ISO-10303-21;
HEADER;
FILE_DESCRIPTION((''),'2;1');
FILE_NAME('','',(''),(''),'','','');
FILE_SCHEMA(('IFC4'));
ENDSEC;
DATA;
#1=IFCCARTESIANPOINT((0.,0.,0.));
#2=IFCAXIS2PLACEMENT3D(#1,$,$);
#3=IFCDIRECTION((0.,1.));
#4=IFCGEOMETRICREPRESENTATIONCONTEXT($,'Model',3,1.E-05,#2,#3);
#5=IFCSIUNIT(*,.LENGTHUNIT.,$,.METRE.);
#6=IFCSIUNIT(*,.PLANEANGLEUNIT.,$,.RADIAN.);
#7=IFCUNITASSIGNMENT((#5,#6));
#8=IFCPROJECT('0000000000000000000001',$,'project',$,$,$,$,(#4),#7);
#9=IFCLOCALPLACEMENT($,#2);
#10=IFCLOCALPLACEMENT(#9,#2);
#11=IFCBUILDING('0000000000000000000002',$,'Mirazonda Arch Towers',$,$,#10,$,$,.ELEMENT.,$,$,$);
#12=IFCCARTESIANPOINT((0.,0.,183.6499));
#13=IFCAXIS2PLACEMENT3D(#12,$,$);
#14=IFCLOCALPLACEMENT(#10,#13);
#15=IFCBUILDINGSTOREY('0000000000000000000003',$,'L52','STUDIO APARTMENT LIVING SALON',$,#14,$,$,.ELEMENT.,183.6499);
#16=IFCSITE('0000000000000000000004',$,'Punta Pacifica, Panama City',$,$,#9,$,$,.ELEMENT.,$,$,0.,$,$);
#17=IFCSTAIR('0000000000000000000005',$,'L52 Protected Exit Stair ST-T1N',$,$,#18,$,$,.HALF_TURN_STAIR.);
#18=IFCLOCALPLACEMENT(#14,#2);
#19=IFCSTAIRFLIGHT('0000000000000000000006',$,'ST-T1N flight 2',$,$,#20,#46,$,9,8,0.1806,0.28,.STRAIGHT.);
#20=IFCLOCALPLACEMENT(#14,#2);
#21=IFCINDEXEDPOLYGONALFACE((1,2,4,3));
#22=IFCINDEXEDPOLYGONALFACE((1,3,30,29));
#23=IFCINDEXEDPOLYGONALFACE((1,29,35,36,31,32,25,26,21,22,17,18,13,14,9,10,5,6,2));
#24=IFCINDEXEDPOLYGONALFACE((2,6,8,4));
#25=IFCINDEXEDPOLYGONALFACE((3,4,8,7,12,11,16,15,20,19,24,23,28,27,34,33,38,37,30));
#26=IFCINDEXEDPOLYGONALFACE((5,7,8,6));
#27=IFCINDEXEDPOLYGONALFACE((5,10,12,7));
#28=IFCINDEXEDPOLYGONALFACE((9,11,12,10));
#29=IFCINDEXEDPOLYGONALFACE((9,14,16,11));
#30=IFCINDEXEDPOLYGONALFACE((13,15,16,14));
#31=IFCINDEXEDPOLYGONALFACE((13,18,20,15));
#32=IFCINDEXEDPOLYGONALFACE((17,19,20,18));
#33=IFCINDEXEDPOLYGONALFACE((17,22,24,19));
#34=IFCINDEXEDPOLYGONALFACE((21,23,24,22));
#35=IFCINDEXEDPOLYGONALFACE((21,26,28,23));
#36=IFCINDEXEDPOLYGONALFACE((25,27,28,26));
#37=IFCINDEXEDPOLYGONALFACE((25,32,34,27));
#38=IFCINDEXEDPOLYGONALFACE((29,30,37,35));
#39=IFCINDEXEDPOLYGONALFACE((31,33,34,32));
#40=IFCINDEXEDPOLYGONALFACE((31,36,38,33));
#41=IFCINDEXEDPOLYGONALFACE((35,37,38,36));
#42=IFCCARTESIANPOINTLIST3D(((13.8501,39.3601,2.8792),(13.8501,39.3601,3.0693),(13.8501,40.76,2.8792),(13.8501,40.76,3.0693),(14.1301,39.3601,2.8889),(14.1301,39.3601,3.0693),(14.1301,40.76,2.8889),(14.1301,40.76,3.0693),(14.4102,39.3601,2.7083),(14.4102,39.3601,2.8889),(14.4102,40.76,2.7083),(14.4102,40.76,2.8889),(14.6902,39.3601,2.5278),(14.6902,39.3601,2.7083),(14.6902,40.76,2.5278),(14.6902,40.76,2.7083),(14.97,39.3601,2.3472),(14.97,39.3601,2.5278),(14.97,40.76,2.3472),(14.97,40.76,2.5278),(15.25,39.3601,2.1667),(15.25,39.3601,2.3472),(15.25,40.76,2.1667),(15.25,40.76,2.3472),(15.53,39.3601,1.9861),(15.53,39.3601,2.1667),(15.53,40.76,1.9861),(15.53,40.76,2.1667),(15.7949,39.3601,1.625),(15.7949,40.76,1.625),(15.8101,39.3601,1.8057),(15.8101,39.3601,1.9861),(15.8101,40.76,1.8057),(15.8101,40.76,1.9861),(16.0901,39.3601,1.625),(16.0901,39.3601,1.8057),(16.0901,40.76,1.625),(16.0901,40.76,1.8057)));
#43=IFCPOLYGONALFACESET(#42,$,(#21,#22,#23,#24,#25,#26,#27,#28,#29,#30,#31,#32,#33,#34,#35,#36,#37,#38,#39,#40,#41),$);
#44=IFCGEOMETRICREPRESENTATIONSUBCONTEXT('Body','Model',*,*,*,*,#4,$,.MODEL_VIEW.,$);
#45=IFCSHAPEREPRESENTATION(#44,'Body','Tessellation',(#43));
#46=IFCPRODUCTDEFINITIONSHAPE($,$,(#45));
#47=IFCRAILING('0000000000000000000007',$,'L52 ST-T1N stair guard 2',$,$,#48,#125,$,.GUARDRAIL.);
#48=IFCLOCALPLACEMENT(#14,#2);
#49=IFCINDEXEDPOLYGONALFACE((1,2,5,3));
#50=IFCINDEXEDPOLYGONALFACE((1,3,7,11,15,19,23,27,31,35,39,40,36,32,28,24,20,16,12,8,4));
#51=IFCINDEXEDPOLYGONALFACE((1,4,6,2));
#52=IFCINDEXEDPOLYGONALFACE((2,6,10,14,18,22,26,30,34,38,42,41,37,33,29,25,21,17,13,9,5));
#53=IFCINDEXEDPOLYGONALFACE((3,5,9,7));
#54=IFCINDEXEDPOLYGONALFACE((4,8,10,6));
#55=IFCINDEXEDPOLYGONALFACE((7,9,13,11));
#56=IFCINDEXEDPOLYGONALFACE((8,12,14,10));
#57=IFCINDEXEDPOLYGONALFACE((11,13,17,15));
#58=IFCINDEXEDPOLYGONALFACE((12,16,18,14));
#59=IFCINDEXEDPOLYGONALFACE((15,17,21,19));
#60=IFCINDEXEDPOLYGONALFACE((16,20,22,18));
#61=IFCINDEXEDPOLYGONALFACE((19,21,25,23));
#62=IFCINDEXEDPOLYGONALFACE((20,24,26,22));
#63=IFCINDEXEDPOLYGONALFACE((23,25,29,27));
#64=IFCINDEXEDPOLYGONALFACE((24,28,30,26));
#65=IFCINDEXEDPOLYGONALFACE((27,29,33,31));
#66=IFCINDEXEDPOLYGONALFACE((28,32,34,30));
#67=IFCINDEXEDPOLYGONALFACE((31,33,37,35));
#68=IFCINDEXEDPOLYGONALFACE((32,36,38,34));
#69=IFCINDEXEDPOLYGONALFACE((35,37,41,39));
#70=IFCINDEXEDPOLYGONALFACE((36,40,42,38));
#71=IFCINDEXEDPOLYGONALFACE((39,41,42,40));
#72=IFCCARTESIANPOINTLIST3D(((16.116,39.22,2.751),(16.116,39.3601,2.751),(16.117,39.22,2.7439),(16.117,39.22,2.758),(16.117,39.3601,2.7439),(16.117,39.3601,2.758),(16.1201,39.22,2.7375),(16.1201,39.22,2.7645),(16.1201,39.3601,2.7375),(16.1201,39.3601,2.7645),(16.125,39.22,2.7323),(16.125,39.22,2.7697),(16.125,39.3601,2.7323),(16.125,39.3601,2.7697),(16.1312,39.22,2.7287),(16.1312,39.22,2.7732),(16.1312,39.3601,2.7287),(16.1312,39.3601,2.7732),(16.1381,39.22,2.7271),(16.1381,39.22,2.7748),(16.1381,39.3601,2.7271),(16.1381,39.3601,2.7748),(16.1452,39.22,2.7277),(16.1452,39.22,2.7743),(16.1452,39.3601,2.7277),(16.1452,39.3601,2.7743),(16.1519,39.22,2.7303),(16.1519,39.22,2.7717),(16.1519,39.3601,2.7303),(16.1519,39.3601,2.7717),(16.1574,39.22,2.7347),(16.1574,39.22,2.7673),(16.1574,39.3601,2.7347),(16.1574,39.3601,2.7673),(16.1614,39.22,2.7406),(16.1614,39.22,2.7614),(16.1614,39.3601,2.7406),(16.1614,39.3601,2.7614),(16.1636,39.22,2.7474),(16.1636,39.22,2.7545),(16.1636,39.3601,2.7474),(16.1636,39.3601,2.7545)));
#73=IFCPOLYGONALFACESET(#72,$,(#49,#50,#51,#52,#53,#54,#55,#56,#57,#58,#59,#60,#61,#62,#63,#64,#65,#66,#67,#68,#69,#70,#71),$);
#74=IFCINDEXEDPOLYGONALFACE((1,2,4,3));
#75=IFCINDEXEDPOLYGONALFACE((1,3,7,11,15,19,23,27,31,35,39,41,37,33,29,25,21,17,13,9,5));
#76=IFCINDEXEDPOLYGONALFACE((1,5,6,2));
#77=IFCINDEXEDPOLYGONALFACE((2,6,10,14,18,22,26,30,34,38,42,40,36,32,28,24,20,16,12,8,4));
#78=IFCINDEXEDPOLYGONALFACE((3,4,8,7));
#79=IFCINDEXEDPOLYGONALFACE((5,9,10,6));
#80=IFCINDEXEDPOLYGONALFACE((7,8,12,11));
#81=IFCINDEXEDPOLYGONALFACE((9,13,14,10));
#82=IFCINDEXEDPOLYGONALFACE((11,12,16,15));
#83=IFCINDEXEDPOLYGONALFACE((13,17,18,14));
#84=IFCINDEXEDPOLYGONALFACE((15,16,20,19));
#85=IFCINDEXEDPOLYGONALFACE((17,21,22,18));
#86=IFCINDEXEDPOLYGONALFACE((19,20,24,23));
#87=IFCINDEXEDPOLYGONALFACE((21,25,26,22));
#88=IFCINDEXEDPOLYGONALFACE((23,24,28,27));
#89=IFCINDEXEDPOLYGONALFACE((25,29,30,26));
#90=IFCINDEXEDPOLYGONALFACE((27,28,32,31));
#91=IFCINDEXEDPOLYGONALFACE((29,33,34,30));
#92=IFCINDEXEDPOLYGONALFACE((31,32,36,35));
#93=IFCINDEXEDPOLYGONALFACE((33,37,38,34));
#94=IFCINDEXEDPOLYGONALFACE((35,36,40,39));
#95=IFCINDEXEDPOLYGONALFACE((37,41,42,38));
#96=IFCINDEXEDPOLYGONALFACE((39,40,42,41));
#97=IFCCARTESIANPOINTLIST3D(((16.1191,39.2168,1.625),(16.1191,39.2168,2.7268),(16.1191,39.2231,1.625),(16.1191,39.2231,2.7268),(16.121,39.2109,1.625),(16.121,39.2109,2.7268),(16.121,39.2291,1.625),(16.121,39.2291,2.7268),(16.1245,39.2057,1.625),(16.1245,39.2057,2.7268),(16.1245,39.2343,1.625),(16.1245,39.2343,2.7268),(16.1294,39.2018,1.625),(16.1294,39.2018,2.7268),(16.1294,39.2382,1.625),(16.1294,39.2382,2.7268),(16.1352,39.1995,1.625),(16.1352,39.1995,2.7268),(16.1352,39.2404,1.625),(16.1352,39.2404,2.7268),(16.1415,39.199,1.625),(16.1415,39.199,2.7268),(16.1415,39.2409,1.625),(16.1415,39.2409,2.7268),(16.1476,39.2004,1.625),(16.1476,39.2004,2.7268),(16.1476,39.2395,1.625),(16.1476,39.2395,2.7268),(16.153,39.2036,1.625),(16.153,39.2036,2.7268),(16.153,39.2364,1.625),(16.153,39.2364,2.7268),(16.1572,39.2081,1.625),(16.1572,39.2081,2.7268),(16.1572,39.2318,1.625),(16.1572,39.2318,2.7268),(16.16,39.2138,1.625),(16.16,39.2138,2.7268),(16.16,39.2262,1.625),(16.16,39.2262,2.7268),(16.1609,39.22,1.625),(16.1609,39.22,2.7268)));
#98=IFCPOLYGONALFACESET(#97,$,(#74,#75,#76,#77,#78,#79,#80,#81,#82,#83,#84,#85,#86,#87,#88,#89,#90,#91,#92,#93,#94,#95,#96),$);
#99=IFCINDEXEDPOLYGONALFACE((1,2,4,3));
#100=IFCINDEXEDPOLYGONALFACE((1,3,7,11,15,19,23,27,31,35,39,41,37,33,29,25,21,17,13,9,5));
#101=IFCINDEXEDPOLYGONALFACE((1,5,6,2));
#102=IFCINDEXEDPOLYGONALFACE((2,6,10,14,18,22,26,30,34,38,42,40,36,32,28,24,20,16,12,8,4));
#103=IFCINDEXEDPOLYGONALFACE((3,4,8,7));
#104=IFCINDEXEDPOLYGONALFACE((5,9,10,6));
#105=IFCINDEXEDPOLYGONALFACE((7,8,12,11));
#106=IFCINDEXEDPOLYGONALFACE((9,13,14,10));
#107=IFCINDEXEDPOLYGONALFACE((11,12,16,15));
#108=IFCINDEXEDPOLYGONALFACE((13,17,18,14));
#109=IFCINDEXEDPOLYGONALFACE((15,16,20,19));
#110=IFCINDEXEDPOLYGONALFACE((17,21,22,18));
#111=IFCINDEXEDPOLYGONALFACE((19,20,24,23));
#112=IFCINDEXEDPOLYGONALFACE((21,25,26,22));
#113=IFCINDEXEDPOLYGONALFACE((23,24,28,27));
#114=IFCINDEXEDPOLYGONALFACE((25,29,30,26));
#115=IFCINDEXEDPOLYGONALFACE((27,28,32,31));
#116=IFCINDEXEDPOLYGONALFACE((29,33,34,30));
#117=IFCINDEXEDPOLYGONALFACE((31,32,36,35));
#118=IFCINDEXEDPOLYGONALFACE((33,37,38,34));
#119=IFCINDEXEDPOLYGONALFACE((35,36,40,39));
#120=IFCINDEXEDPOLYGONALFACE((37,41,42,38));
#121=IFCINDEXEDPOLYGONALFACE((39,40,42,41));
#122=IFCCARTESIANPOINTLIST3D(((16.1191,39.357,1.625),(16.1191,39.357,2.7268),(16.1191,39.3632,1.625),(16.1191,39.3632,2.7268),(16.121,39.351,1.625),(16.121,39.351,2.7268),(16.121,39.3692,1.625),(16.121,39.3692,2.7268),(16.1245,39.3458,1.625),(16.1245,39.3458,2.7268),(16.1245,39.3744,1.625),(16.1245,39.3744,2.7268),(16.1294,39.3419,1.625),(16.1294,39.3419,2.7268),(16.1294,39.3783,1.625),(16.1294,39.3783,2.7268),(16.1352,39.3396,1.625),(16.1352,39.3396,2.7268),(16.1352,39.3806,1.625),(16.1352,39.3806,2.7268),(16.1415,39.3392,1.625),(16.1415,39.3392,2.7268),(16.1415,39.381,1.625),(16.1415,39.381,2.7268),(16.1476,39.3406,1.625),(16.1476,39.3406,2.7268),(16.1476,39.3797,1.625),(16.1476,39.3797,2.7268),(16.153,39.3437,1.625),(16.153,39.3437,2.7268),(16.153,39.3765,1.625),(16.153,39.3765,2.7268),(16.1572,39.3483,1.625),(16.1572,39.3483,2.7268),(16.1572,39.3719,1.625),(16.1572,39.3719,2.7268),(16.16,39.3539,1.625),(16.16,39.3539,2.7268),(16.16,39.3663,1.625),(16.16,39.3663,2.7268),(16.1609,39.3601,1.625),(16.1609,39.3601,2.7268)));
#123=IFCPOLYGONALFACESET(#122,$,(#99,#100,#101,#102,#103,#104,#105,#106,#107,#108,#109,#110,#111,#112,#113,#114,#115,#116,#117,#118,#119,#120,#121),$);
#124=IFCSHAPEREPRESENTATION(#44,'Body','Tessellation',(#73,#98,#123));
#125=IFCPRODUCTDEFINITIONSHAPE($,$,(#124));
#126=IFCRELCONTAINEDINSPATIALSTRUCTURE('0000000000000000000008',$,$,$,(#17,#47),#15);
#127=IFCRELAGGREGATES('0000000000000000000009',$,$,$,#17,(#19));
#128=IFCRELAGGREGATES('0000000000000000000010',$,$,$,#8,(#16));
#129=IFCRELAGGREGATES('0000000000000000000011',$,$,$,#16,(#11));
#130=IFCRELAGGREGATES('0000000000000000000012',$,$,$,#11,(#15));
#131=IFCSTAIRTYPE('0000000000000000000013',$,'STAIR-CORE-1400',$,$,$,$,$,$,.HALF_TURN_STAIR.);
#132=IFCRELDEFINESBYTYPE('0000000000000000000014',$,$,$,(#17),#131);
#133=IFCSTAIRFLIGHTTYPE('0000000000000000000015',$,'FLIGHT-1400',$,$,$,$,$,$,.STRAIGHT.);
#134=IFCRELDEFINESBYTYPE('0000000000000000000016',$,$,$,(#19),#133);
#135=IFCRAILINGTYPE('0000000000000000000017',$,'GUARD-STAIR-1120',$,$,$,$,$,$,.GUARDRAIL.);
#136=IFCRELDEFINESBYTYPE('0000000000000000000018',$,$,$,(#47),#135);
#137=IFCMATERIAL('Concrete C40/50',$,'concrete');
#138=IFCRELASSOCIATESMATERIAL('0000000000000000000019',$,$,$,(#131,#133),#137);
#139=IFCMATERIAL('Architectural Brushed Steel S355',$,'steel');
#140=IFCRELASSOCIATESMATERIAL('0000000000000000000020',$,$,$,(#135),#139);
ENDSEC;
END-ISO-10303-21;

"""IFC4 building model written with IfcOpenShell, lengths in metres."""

from ifc_helpers import new_model, si_unit, direction, frame, origin, origin_2d, place, context, subcontext, project, spatial, polyline, circle, outline, extrude, material, type_object, element, aggregate, save


model = new_model("IFC4")

# Units and contexts
model_context = context("Model", 3, precision=1e-05, world=origin(), true_north=direction((0.0, 1.0)))
body_context = subcontext(model_context, "Body", "Model", "MODEL_VIEW")
ifc_project = project(units=[si_unit("LENGTHUNIT", "METRE"), si_unit("PLANEANGLEUNIT", "RADIAN")], contexts=[model_context])

# Site, building, storey
site_placement = place(None, origin())
site = spatial("IfcSite", under=ifc_project, at=site_placement, Name="Punta Pacifica, Panama City", CompositionType="ELEMENT", RefElevation=0.0)
building_placement = place(site_placement, origin())
building = spatial("IfcBuilding", under=site, at=building_placement, Name="Mirazonda Arch Towers", CompositionType="ELEMENT")
storey_placement = place(building_placement, frame((0.0, 0.0, 183.6499)))
storey = spatial("IfcBuildingStorey", under=building, at=storey_placement, Name="L52", Description="STUDIO APARTMENT LIVING SALON", CompositionType="ELEMENT", Elevation=183.6499)

# Shared definitions
ifc_material_1 = material(Name="Concrete C40/50", Category="concrete")

# Stair, stair flight
stair_type = type_object("IfcStairType", Name="STAIR-CORE-1400", PredefinedType="HALF_TURN_STAIR", material=ifc_material_1)
stair_placement = place(storey_placement, origin())
stair = element("IfcStair", 1, at=stair_placement, inside=storey, type_object=stair_type, Name="L52 Protected Exit Stair ST-T1N", PredefinedType="HALF_TURN_STAIR")
stair_flight_type = type_object("IfcStairFlightType", Name="FLIGHT-1400", PredefinedType="STRAIGHT", material=ifc_material_1)
stair_flight_placement = place(storey_placement, frame((16.0901, 40.0601, 1.625), z_axis=(0.0, 0.0, 1.0), x_axis=(-1.0, 0.0, 0.0)))
stair_flight = element("IfcStairFlight", 2, at=stair_flight_placement, type_object=stair_flight_type, Name="ST-T1N flight 2", NumberOfRisers=9, NumberOfTreads=8, PredefinedType="STRAIGHT", RiserHeight=0.1806, TreadLength=0.28, context=body_context, shape_type="SweptSolid", body=[
    extrude(outline(polyline([(0.0, 0.0), (0.0, 0.1807), (0.28, 0.1807), (0.28, 0.3611), (0.5601, 0.3611), (0.5601, 0.5417), (0.8401, 0.5417), (0.8401, 0.7222), (1.1201, 0.7222), (1.1201, 0.9028), (1.3999, 0.9028), (1.3999, 1.0833), (1.6799, 1.0833), (1.6799, 1.2639), (1.96, 1.2639), (1.96, 1.4443), (2.24, 1.4443), (2.24, 1.625), (2.24, 1.2542), (0.2952, 0.0), (0.0, 0.0)])), frame((0.0, 0.7, 0.0), z_axis=(0.0, -1.0, 0.0), x_axis=(1.0, 0.0, 0.0)), (0.0, 0.0, 1.0), 1.3999),
])
aggregate(stair, [stair_flight])

# Railing
ifc_material_2 = material(Name="Architectural Brushed Steel S355", Category="steel")
railing_type_1 = type_object("IfcRailingType", Name="GUARD-STAIR-1120", PredefinedType="GUARDRAIL", material=ifc_material_2)
railing_1_placement = place(storey_placement, frame((16.1399, 39.22, 1.625)))
element("IfcRailing", 3, at=railing_1_placement, inside=storey, type_object=railing_type_1, Name="L52 ST-T1N stair guard 2", PredefinedType="GUARDRAIL", context=body_context, shape_type="SweptSolid", body=[
    extrude(circle(Radius=0.0239, at=origin_2d()), frame((0.0, 0.0, 1.126), z_axis=(0.0, 1.0, 0.0), x_axis=(-1.0, 0.0, 0.0)), (0.0, 0.0, 1.0), 0.1401),
    extrude(circle(Radius=0.021, at=origin_2d()), origin(), (0.0, 0.0, 1.0), 1.1018),
    extrude(circle(Radius=0.021, at=origin_2d()), frame((0.0, 0.1401, 0.0)), (0.0, 0.0, 1.0), 1.1018),
])

save(model, "model.ifc")
